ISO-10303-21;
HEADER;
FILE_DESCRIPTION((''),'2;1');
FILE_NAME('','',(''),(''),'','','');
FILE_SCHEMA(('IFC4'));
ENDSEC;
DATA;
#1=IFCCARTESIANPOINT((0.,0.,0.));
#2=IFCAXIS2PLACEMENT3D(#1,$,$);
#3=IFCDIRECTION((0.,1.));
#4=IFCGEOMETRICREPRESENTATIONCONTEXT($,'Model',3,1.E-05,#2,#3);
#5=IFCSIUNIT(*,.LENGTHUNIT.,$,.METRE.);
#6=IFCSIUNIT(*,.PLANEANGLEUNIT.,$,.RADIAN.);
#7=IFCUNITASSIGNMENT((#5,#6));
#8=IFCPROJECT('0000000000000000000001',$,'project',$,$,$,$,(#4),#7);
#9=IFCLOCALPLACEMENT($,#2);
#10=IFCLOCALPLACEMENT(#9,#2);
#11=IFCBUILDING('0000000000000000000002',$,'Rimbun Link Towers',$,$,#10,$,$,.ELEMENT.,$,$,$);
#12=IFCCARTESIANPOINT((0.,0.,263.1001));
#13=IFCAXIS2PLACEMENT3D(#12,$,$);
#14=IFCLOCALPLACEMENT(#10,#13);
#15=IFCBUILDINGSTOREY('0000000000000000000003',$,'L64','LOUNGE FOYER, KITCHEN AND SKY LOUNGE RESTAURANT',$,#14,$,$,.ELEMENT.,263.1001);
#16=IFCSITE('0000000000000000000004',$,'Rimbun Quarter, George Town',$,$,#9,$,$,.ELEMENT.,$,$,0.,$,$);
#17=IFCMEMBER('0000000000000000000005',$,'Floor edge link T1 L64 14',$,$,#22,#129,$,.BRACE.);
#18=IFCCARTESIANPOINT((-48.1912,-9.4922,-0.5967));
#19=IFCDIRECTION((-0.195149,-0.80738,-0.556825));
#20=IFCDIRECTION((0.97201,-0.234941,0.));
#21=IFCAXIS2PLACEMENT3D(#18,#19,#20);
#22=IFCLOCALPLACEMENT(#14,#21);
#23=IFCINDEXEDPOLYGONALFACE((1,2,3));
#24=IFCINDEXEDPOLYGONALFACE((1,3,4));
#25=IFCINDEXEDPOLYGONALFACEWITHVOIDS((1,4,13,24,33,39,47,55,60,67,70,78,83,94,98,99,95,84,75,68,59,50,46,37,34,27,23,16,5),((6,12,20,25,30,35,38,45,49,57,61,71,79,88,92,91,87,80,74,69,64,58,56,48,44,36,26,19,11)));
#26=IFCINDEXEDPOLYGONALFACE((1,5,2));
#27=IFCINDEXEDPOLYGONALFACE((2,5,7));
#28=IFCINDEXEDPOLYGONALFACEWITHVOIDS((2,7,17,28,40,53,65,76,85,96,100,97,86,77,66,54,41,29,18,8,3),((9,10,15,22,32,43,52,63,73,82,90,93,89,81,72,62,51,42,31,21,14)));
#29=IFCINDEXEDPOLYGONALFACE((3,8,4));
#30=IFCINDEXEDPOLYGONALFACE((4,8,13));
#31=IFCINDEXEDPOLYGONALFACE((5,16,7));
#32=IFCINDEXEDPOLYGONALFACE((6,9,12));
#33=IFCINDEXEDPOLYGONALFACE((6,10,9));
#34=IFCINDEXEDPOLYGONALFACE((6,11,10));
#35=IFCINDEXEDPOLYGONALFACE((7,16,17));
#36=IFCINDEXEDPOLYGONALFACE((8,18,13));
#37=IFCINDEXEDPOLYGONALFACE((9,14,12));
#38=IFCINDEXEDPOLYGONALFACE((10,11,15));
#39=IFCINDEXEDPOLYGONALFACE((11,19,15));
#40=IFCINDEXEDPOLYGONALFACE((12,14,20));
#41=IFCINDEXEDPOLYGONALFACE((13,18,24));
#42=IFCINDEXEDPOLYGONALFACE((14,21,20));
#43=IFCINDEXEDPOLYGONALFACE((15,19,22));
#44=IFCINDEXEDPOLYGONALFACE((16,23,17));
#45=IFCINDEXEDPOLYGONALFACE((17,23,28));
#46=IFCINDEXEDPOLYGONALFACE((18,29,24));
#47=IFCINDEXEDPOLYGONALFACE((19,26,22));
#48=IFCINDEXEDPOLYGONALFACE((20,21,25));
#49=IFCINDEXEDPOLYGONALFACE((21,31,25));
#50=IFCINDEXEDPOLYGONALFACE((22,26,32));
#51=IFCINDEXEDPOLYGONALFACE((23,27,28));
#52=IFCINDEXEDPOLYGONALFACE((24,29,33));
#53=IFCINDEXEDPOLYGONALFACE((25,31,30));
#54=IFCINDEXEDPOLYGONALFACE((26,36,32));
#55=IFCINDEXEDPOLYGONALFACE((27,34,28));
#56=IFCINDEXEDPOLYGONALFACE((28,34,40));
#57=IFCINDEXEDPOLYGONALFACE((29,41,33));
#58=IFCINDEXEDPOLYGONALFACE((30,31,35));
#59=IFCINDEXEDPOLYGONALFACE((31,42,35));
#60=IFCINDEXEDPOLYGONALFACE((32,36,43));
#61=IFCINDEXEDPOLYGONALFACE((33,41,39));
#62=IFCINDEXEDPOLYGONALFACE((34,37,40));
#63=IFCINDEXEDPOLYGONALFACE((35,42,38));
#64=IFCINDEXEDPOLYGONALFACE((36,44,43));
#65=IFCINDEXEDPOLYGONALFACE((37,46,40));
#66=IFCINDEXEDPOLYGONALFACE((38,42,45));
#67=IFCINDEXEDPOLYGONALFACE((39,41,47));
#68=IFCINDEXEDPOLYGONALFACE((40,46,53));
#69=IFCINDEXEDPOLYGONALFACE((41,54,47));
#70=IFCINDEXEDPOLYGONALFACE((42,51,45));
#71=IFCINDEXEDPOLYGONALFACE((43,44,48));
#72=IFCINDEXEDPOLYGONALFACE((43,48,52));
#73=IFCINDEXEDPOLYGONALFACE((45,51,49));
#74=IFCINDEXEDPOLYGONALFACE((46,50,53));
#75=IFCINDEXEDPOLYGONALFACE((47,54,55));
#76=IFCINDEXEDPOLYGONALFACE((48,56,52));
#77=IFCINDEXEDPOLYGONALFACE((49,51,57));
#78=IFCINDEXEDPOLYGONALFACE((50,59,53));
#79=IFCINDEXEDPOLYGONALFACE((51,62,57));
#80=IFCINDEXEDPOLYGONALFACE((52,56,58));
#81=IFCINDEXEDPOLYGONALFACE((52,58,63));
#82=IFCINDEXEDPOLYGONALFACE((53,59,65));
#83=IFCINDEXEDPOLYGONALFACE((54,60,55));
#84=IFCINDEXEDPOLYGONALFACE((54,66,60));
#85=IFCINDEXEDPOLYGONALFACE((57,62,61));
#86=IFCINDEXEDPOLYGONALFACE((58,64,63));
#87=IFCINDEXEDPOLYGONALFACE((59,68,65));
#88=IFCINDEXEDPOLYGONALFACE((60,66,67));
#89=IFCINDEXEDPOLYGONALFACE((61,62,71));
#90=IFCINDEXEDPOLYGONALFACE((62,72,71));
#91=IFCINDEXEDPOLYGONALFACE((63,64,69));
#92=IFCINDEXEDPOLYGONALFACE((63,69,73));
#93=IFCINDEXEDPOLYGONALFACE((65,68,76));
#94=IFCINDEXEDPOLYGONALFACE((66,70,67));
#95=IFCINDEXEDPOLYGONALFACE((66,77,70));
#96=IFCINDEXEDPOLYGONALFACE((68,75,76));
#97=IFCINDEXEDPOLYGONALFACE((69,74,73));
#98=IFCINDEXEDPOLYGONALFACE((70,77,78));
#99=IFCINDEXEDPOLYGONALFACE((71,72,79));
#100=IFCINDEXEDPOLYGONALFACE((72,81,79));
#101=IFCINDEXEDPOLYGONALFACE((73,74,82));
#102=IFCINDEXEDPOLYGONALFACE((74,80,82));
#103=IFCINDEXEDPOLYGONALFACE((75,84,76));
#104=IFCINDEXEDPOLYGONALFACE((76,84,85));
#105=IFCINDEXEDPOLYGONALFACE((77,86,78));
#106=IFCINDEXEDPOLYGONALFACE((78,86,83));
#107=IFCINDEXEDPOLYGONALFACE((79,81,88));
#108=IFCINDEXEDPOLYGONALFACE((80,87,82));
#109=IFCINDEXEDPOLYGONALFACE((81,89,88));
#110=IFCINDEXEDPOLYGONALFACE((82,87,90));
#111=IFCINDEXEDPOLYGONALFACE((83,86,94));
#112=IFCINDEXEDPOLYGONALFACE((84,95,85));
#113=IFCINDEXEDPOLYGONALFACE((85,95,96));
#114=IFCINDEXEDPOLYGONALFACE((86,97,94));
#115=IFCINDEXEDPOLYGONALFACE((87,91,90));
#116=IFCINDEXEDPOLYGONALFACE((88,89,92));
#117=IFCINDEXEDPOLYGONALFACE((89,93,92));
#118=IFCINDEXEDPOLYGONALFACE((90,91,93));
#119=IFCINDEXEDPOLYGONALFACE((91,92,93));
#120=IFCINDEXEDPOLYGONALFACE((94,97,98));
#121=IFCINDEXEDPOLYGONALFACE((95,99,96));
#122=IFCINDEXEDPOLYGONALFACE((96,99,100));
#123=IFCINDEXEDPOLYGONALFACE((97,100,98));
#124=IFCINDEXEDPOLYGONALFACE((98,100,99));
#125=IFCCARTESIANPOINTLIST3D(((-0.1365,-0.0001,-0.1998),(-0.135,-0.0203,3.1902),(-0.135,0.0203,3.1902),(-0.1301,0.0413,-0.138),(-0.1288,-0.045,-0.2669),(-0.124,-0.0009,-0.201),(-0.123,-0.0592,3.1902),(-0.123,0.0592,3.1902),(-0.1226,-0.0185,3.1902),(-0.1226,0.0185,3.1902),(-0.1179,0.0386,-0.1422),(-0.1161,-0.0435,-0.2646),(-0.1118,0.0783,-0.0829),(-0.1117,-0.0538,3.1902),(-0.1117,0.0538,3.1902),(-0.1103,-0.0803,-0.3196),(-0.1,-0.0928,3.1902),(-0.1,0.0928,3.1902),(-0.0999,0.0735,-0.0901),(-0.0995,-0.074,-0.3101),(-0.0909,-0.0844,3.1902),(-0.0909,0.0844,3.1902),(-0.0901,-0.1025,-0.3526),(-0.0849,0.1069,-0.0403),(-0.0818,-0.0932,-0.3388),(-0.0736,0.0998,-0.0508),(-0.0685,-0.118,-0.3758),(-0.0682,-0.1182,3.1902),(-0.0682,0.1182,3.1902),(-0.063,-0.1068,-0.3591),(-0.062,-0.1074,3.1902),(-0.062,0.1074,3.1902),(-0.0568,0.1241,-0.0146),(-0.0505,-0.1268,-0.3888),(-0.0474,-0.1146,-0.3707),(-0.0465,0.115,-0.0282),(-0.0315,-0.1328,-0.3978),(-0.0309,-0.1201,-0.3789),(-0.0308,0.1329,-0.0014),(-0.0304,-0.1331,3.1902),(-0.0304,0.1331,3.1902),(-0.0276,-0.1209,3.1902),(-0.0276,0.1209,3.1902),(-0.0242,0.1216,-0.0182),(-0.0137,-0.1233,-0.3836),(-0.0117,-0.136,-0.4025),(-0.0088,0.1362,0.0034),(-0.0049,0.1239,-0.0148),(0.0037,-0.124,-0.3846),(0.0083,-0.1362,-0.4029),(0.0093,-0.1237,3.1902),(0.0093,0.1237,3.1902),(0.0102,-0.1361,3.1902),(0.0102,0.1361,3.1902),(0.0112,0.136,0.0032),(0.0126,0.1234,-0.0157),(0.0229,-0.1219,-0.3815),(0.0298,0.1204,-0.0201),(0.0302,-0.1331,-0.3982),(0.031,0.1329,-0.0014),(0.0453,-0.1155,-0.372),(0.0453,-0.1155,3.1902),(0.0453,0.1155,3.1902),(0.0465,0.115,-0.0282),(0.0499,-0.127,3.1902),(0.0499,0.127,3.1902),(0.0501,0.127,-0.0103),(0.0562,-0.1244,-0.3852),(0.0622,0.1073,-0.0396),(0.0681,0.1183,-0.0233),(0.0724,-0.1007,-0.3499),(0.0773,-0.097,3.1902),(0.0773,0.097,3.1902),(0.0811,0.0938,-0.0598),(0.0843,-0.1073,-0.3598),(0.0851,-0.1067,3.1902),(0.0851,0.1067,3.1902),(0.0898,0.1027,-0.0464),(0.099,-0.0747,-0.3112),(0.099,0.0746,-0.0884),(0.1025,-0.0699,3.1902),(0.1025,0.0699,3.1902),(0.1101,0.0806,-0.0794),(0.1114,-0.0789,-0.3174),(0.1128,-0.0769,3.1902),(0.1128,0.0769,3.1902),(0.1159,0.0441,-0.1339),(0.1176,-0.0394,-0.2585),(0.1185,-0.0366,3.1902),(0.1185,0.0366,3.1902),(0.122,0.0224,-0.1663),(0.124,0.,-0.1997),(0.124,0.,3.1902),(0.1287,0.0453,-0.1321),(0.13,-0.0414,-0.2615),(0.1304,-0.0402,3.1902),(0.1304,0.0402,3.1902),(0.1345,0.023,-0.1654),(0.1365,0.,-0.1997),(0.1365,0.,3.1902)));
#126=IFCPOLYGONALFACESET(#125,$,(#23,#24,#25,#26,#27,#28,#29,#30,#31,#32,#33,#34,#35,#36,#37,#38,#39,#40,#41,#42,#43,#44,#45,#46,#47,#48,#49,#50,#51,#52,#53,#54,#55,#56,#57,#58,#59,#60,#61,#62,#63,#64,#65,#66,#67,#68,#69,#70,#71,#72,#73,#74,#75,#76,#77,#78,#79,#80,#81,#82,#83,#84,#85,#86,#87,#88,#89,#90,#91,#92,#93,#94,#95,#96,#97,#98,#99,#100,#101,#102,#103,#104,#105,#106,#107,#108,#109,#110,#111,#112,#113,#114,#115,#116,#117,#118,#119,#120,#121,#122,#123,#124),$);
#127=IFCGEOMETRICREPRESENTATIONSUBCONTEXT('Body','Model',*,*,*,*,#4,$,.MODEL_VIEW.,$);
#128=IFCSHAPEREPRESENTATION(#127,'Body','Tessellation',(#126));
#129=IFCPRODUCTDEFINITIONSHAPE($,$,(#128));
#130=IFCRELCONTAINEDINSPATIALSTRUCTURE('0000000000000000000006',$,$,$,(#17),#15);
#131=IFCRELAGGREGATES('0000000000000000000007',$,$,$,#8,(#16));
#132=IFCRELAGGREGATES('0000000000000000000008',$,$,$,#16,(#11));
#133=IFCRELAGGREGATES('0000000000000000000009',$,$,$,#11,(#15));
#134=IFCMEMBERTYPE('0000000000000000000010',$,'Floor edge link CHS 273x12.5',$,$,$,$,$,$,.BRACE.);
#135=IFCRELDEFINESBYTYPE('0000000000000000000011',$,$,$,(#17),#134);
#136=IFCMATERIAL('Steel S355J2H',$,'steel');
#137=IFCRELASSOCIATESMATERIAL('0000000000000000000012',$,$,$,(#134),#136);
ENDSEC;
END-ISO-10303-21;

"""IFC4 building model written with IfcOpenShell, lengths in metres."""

from ifc_helpers import new_model, si_unit, direction, frame, origin, origin_2d, place, context, subcontext, project, spatial, hollow_circle, extrude, clip, halfspace, material, material_profile, profile_set, type_object, element, save


model = new_model("IFC4")

# Units and contexts
model_context = context("Model", 3, precision=1e-05, world=origin(), true_north=direction((0.0, 1.0)))
body_context = subcontext(model_context, "Body", "Model", "MODEL_VIEW")
ifc_project = project(units=[si_unit("LENGTHUNIT", "METRE"), si_unit("PLANEANGLEUNIT", "RADIAN")], contexts=[model_context])

# Site, building, storey
site_placement = place(None, origin())
site = spatial("IfcSite", under=ifc_project, at=site_placement, Name="Rimbun Quarter, George Town", CompositionType="ELEMENT", RefElevation=0.0)
building_placement = place(site_placement, origin())
building = spatial("IfcBuilding", under=site, at=building_placement, Name="Rimbun Link Towers", CompositionType="ELEMENT")
storey_placement = place(building_placement, frame((0.0, 0.0, 263.1001)))
storey = spatial("IfcBuildingStorey", under=building, at=storey_placement, Name="L64", Description="LOUNGE FOYER, KITCHEN AND SKY LOUNGE RESTAURANT", CompositionType="ELEMENT", Elevation=263.1001)

# Member
ifc_material_1 = material(Name="Steel S355J2H", Category="steel")
ifc_material_profile_1 = material_profile(ifc_material_1, hollow_circle(Radius=0.1365, WallThickness=0.0125, at=origin_2d()), Name="CHS 273x12.5")
ifc_profile_set_1 = profile_set([ifc_material_profile_1], Name="Steel S355J2H")
member_type_1 = type_object("IfcMemberType", Name="Floor edge link CHS 273x12.5", PredefinedType="BRACE", material=ifc_profile_set_1)
member_1_placement = place(storey_placement, frame((-48.1912, -9.4922, -0.5967), z_axis=(-0.195149, -0.80738, -0.556825), x_axis=(0.97201, -0.234941, 0.0)))
element("IfcMember", 1, at=member_1_placement, inside=storey, type_object=member_type_1, Name="Floor edge link T1 L64 14", PredefinedType="BRACE", context=body_context, shape_type="Clipping", body=[
    clip(extrude(hollow_circle(Radius=0.1365, WallThickness=0.0125, at=origin_2d()), frame((0.0, 0.0, -0.4253)), (0.0, 0.0, 1.0), 3.6155), halfspace(frame((0.0, 0.0, -0.1997), z_axis=(0.0, 0.83063, -0.556825)), False)),
])

save(model, "model.ifc")
